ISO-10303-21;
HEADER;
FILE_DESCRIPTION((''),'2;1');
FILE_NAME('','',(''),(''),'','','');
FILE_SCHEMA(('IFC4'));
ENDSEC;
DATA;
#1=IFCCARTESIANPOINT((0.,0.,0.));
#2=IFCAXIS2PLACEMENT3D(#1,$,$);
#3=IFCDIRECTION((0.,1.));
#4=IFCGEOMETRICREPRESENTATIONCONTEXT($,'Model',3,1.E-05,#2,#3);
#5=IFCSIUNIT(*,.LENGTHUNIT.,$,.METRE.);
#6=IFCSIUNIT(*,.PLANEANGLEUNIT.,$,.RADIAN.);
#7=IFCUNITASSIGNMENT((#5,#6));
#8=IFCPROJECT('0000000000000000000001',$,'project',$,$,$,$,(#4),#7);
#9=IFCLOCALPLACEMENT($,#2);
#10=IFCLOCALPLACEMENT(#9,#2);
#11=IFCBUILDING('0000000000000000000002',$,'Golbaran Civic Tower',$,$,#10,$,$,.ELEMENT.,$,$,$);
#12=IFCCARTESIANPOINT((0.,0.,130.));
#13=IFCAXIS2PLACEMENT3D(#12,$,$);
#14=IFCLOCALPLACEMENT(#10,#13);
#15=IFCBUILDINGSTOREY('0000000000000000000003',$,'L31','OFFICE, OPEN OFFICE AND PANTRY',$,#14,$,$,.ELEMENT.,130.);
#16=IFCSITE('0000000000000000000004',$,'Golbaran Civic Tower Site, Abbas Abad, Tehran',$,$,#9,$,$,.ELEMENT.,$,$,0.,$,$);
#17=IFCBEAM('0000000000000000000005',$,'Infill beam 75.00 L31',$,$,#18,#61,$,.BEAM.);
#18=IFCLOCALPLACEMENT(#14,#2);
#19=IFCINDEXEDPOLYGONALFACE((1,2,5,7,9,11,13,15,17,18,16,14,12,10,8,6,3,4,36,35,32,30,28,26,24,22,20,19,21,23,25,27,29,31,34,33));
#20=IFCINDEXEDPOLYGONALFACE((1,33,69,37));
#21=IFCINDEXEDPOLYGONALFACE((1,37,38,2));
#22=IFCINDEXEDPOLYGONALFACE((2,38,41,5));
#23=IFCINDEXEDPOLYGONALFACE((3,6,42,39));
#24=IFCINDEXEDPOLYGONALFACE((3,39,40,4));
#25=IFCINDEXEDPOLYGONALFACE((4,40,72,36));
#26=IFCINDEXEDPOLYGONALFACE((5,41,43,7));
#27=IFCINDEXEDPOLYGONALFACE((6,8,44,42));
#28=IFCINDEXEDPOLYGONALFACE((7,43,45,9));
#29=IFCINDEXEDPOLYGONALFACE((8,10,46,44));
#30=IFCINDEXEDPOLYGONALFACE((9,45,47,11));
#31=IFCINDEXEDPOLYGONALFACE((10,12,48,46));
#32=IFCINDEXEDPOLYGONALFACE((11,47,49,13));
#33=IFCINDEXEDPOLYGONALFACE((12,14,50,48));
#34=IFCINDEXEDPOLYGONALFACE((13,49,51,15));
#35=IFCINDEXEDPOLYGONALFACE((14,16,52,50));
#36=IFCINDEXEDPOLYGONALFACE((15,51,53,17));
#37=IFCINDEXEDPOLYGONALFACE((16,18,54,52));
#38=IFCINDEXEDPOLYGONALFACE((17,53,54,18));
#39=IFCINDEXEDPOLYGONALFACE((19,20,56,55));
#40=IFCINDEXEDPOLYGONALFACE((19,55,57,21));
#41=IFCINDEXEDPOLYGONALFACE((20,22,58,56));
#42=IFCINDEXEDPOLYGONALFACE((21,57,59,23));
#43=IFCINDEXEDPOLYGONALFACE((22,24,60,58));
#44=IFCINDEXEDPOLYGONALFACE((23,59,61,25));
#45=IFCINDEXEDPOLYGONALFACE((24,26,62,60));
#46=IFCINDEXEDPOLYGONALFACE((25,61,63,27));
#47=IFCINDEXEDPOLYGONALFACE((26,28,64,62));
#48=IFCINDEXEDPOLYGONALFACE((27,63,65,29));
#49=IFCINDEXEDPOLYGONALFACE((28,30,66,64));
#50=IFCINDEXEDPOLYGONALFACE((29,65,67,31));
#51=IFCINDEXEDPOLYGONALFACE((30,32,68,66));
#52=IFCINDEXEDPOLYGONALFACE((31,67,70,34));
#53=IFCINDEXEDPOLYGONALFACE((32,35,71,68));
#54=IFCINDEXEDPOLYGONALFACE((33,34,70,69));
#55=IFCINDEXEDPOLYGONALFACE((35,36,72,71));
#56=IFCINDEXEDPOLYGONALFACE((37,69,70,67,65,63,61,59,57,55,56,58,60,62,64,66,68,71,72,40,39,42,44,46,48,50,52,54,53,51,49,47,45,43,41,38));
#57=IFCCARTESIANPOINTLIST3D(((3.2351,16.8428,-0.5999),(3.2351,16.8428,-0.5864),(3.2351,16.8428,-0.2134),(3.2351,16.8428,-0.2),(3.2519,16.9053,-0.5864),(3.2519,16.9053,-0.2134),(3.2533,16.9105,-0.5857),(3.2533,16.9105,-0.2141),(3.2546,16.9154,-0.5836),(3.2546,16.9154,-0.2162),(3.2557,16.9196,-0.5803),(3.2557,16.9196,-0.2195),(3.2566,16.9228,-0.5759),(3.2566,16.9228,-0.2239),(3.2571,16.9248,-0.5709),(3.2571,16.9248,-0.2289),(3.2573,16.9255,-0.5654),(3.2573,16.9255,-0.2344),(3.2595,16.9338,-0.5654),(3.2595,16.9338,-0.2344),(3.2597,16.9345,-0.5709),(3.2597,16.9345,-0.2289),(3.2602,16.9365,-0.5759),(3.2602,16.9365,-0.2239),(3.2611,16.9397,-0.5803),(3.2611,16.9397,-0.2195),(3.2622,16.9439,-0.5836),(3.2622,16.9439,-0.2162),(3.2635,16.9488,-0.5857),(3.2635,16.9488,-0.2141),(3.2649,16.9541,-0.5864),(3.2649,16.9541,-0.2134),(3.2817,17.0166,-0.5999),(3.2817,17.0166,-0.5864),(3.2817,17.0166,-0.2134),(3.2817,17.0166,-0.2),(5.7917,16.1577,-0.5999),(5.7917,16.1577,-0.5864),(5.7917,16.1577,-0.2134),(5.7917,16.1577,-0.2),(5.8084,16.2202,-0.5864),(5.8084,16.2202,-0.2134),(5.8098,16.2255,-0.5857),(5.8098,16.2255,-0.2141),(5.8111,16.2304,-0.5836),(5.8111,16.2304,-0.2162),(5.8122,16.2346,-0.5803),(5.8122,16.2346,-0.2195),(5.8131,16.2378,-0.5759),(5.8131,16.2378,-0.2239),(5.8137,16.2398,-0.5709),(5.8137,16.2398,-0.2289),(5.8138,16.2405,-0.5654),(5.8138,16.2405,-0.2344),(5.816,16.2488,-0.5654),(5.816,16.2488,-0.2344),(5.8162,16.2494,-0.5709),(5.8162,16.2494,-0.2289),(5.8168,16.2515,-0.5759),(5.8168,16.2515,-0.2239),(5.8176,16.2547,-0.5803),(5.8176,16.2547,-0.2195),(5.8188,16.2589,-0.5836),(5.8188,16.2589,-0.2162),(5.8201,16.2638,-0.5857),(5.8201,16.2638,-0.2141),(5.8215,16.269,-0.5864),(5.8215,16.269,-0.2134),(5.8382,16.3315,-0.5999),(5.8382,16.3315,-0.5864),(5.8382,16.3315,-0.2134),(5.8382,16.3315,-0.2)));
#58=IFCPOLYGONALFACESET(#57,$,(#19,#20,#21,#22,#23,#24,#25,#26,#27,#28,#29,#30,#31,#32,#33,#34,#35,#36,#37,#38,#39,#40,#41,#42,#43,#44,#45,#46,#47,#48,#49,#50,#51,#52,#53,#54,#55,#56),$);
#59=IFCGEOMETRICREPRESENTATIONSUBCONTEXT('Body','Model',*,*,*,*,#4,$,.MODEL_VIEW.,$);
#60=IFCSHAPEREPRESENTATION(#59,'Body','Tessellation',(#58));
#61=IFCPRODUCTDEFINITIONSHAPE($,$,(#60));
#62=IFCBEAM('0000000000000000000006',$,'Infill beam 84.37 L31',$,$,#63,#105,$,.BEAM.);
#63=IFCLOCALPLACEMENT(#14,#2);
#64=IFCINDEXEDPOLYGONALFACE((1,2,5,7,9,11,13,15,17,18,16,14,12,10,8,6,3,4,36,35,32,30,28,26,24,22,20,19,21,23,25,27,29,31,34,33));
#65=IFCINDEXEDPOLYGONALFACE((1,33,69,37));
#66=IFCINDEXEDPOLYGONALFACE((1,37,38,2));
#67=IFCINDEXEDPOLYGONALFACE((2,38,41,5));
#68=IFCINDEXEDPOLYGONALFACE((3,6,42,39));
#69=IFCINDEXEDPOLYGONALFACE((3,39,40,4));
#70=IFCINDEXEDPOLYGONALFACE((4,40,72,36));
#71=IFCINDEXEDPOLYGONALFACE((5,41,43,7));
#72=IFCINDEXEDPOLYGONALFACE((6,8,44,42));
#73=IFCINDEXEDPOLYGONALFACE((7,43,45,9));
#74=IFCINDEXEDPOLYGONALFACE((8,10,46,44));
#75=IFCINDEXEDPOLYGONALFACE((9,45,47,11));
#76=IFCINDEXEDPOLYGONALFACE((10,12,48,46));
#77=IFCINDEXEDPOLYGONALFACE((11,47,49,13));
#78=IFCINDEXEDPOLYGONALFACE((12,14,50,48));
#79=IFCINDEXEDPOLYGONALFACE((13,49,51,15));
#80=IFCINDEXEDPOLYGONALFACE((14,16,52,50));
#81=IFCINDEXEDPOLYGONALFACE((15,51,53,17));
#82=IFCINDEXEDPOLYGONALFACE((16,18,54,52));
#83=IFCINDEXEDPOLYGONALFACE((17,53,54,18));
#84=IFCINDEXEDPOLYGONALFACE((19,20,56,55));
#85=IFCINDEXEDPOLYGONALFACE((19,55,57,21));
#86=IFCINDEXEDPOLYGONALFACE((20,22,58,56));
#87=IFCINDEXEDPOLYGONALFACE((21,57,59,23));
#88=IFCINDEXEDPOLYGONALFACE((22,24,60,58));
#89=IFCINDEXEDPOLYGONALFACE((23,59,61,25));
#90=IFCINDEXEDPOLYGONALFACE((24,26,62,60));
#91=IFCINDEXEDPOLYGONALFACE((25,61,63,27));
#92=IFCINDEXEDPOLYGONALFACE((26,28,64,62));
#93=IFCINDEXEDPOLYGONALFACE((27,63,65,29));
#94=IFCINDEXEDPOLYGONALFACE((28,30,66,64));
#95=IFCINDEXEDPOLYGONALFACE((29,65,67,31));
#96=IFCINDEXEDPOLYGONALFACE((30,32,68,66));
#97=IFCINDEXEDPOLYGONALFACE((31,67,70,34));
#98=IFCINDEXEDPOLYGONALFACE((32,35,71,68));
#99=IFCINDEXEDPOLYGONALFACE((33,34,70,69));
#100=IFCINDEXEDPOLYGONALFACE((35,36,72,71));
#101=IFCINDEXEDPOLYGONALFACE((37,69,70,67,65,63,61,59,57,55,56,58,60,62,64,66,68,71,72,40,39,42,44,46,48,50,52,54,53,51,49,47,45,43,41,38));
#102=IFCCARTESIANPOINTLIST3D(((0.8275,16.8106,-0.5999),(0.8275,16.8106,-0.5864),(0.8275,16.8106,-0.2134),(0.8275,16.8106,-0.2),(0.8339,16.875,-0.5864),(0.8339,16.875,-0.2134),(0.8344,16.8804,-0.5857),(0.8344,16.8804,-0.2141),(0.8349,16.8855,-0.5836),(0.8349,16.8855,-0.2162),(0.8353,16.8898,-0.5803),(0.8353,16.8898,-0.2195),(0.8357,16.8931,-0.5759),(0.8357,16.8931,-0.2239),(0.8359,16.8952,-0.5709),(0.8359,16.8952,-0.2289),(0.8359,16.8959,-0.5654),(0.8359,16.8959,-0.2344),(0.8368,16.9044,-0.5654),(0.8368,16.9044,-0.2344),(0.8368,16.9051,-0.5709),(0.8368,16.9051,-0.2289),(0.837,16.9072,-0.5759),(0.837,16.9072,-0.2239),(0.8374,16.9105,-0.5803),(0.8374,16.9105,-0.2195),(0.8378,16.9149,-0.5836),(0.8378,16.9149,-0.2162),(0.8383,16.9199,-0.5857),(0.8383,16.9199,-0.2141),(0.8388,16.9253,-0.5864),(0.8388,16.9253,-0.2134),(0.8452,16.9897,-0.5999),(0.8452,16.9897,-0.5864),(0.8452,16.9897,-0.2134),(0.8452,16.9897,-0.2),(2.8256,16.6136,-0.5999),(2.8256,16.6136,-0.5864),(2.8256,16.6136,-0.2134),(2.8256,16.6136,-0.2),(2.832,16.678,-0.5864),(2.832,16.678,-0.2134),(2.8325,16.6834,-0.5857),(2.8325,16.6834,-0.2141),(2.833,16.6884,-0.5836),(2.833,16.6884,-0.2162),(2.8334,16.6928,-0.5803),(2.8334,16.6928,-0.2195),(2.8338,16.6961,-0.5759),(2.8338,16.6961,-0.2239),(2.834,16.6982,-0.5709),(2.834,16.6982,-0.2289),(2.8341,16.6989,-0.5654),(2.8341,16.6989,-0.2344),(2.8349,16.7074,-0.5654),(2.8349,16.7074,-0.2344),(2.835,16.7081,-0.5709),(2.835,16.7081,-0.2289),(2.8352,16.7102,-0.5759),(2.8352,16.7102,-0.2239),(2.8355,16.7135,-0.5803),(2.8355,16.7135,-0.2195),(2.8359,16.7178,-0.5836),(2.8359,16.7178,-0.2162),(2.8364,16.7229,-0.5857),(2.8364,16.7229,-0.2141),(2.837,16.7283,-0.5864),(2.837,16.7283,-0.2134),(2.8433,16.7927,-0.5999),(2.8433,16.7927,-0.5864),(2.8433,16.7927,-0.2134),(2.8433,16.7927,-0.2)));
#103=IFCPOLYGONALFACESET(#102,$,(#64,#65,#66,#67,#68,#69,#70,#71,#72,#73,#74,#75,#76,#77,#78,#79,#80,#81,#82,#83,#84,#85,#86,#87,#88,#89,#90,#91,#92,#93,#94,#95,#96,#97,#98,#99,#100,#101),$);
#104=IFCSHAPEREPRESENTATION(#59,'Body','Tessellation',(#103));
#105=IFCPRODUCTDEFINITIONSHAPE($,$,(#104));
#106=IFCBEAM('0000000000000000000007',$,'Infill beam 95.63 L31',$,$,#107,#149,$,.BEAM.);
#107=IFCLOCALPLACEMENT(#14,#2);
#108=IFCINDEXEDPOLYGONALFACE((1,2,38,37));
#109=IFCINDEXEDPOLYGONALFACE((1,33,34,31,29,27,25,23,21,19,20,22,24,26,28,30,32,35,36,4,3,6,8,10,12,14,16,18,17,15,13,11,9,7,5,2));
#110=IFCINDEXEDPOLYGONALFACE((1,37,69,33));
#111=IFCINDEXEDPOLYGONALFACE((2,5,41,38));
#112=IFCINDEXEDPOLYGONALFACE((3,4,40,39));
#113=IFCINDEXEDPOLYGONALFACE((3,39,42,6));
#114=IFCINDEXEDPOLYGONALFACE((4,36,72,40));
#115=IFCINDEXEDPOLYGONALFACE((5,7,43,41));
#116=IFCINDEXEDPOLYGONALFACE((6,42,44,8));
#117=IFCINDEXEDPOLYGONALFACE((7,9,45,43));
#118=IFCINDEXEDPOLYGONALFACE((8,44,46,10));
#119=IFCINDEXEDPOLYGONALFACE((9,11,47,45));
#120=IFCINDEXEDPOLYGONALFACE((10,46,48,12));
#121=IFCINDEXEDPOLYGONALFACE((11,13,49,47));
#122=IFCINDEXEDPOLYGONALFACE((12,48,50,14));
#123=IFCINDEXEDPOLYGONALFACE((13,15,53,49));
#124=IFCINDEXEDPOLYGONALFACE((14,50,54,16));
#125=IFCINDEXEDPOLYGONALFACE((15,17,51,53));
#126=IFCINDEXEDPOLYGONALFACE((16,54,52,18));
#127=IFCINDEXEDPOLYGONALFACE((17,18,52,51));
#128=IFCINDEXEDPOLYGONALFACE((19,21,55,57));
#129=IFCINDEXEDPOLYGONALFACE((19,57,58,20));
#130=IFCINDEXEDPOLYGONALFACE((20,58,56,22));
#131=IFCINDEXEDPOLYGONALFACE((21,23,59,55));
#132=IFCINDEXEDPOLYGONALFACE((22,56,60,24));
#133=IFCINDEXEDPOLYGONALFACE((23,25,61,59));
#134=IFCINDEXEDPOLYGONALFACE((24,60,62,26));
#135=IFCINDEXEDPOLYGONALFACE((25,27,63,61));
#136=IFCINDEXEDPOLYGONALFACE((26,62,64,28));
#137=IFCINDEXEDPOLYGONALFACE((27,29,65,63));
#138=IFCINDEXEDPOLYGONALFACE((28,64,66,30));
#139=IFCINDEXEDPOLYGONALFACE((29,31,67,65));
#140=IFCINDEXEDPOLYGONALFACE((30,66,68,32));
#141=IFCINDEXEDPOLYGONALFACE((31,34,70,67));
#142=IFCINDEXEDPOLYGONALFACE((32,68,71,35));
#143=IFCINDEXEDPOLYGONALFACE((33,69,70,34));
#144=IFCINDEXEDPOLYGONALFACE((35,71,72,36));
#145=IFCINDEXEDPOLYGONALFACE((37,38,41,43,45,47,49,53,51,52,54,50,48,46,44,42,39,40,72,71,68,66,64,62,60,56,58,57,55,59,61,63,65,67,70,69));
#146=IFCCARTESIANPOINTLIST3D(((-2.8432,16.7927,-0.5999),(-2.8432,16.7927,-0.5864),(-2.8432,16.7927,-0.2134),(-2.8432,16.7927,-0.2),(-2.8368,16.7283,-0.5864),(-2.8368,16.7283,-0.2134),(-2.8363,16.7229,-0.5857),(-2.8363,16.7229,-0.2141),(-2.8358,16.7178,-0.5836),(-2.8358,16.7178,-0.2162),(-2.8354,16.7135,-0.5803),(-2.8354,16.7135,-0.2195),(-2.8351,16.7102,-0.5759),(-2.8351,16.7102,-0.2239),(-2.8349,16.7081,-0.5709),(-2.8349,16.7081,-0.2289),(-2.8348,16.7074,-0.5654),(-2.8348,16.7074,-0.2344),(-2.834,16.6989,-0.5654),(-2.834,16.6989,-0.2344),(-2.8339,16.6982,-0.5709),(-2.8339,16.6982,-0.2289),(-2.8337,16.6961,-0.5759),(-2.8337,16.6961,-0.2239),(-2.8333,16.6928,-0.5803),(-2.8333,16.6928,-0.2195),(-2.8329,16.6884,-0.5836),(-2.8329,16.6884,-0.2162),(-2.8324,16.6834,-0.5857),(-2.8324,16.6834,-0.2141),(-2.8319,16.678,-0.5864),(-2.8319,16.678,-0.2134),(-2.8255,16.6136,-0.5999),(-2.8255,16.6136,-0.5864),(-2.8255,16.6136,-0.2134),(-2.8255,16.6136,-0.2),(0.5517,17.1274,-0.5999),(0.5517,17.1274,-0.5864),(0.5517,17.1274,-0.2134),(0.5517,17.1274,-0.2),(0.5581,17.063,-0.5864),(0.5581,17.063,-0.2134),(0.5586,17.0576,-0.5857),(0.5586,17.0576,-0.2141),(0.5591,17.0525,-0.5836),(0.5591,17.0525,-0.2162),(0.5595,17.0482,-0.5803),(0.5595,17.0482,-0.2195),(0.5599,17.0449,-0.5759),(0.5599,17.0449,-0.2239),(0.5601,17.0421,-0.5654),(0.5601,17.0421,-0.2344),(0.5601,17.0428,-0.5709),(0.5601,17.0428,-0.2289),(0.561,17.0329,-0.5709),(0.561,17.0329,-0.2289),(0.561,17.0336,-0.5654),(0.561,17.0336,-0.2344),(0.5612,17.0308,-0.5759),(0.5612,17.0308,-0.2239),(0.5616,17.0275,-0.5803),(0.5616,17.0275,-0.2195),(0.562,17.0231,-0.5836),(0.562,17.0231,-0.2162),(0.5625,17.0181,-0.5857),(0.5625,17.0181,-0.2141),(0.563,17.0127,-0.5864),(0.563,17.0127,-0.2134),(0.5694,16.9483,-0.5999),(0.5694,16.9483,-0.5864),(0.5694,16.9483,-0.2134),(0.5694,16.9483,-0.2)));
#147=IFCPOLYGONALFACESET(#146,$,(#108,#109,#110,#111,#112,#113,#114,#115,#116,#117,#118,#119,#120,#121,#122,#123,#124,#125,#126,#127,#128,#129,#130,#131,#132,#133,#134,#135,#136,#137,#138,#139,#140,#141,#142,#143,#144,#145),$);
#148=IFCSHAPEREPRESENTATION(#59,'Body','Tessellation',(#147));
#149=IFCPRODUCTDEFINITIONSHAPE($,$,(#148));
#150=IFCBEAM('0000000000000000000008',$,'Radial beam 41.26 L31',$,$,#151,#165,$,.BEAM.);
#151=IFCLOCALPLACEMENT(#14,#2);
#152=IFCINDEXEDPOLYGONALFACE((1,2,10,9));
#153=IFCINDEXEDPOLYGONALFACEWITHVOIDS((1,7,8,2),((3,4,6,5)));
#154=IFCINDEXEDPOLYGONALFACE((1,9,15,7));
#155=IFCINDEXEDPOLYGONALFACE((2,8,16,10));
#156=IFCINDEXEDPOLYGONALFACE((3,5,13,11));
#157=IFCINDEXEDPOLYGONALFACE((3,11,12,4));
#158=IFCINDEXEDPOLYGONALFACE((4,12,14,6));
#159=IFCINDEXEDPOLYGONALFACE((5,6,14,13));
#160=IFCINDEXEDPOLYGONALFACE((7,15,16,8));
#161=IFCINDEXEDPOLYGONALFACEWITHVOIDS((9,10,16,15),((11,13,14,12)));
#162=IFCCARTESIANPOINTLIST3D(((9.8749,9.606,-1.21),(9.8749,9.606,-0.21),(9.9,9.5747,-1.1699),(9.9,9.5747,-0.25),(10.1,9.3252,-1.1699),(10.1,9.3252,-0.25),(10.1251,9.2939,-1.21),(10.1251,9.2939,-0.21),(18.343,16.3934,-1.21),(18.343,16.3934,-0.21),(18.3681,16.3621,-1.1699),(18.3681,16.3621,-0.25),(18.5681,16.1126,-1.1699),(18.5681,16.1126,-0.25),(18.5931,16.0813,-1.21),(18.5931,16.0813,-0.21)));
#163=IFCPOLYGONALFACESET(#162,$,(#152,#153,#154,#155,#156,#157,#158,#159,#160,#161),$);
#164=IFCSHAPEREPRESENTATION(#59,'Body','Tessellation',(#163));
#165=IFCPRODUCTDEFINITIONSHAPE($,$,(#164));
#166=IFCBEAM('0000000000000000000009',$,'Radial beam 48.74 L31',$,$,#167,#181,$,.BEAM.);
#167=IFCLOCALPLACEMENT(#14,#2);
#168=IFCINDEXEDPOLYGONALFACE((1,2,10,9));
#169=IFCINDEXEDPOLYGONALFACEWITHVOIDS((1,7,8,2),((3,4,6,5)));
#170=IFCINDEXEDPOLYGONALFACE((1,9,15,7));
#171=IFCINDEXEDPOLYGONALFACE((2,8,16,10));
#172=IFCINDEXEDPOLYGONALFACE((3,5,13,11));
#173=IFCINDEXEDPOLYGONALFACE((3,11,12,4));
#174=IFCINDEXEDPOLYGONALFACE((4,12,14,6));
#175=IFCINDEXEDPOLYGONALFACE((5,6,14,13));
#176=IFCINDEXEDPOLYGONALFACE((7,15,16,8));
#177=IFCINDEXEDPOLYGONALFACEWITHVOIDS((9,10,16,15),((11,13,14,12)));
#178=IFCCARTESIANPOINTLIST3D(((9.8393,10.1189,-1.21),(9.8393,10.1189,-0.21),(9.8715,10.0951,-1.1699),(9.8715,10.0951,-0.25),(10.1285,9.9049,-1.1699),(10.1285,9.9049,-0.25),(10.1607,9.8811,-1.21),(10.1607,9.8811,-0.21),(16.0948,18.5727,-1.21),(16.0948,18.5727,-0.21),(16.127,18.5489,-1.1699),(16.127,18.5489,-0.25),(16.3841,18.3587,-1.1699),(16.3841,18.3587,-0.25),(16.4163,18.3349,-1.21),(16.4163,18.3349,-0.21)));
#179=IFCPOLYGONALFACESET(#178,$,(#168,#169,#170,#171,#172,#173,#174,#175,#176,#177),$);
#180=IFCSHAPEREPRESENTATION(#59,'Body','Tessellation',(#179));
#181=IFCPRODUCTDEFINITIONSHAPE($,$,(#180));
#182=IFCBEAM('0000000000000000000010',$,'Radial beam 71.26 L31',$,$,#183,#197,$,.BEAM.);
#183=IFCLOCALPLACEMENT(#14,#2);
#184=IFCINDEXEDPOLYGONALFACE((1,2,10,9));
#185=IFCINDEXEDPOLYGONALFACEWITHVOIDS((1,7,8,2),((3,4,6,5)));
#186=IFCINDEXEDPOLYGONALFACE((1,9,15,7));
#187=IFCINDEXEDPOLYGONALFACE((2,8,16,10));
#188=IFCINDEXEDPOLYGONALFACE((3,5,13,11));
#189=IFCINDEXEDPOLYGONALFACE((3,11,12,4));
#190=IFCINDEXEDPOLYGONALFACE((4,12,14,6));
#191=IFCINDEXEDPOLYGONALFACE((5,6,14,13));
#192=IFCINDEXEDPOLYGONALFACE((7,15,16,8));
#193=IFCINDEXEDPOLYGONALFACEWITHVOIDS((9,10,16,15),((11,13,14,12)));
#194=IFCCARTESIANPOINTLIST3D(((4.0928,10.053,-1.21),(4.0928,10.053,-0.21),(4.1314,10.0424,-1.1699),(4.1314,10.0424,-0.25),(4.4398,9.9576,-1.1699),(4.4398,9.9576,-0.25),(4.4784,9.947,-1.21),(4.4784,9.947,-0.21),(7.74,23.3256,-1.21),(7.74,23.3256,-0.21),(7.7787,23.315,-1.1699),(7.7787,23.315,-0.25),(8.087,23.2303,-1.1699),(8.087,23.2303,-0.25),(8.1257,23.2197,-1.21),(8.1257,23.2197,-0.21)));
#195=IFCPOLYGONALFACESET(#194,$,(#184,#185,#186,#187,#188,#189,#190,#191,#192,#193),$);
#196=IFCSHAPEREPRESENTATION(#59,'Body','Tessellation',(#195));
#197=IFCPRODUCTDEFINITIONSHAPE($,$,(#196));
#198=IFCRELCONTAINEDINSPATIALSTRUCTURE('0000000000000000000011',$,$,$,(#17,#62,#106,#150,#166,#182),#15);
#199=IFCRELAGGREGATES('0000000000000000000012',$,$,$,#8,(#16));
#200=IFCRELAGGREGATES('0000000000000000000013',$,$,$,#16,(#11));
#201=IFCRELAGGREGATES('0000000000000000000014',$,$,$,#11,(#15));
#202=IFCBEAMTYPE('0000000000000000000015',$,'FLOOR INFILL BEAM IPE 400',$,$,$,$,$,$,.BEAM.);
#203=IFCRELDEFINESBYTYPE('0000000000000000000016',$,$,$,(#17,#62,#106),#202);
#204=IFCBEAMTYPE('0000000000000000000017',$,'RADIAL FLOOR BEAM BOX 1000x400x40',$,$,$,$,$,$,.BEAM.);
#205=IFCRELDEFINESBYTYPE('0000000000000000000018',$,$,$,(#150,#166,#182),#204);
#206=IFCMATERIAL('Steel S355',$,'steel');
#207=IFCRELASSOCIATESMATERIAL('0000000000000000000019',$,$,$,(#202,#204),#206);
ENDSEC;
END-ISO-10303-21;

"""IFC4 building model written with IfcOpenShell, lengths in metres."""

from ifc_helpers import new_model, si_unit, direction, frame, origin, origin_2d, place, context, subcontext, project, spatial, hollow_rectangle, i_section, extrude, material, material_profile, profile_set, type_object, element, save


model = new_model("IFC4")

# Units and contexts
model_context = context("Model", 3, precision=1e-05, world=origin(), true_north=direction((0.0, 1.0)))
body_context = subcontext(model_context, "Body", "Model", "MODEL_VIEW")
ifc_project = project(units=[si_unit("LENGTHUNIT", "METRE"), si_unit("PLANEANGLEUNIT", "RADIAN")], contexts=[model_context])

# Site, building, storey
site_placement = place(None, origin())
site = spatial("IfcSite", under=ifc_project, at=site_placement, Name="Golbaran Civic Tower Site, Abbas Abad, Tehran", CompositionType="ELEMENT", RefElevation=0.0)
building_placement = place(site_placement, origin())
building = spatial("IfcBuilding", under=site, at=building_placement, Name="Golbaran Civic Tower", CompositionType="ELEMENT")
storey_placement = place(building_placement, frame((0.0, 0.0, 130.0)))
storey = spatial("IfcBuildingStorey", under=building, at=storey_placement, Name="L31", Description="OFFICE, OPEN OFFICE AND PANTRY", CompositionType="ELEMENT", Elevation=130.0)

# Beams
ifc_material_1 = material(Name="Steel S355", Category="steel")
ifc_material_profile_1 = material_profile(ifc_material_1, i_section(OverallWidth=0.1799, OverallDepth=0.3999, WebThickness=0.0085, FlangeThickness=0.0134, FilletRadius=0.021, at=origin_2d()), Name="IPE 400")
ifc_profile_set_1 = profile_set([ifc_material_profile_1], Name="Steel S355")
beam_type_1 = type_object("IfcBeamType", Name="FLOOR INFILL BEAM IPE 400", PredefinedType="BEAM", material=ifc_profile_set_1)
beam_1_placement = place(storey_placement, frame((5.8149, 16.2446, -0.3999), z_axis=(-0.965925, 0.258822, 0.0), x_axis=(-0.258822, -0.965925, 0.0)))
element("IfcBeam", 1, at=beam_1_placement, inside=storey, type_object=beam_type_1, Name="Infill beam 75.00 L31", PredefinedType="BEAM", context=body_context, shape_type="SweptSolid", body=[
    extrude(i_section(OverallWidth=0.1799, OverallDepth=0.3999, WebThickness=0.0085, FlangeThickness=0.0134, FilletRadius=0.021, at=origin_2d()), origin(), (0.0, 0.0, 1.0), 2.6467),
])
beam_2_placement = place(storey_placement, frame((2.8345, 16.7031, -0.3999), z_axis=(-0.995173, 0.098131, 0.0), x_axis=(-0.098131, -0.995173, 0.0)))
element("IfcBeam", 2, at=beam_2_placement, inside=storey, type_object=beam_type_1, Name="Infill beam 84.37 L31", PredefinedType="BEAM", context=body_context, shape_type="SweptSolid", body=[
    extrude(i_section(OverallWidth=0.1799, OverallDepth=0.3999, WebThickness=0.0085, FlangeThickness=0.0134, FilletRadius=0.021, at=origin_2d()), origin(), (0.0, 0.0, 1.0), 2.0078),
])
beam_3_placement = place(storey_placement, frame((0.5605, 17.0378, -0.3999), z_axis=(-0.995175, -0.098115, 0.0), x_axis=(0.098115, -0.995175, 0.0)))
element("IfcBeam", 3, at=beam_3_placement, inside=storey, type_object=beam_type_1, Name="Infill beam 95.63 L31", PredefinedType="BEAM", context=body_context, shape_type="SweptSolid", body=[
    extrude(i_section(OverallWidth=0.1799, OverallDepth=0.3999, WebThickness=0.0085, FlangeThickness=0.0134, FilletRadius=0.021, at=origin_2d()), origin(), (0.0, 0.0, 1.0), 3.4114),
])
ifc_material_profile_2 = material_profile(ifc_material_1, hollow_rectangle(XDim=0.3999, YDim=1.0, WallThickness=0.04, at=origin_2d()), Name="BOX 1000x400x40")
ifc_profile_set_2 = profile_set([ifc_material_profile_2], Name="Steel S355")
beam_type_2 = type_object("IfcBeamType", Name="RADIAL FLOOR BEAM BOX 1000x400x40", PredefinedType="BEAM", material=ifc_profile_set_2)
beam_4_placement = place(storey_placement, frame((10.0, 9.45, -0.71), z_axis=(0.780287, 0.625422, 0.0), x_axis=(-0.625422, 0.780287, 0.0)))
element("IfcBeam", 4, at=beam_4_placement, inside=storey, type_object=beam_type_2, Name="Radial beam 41.26 L31", PredefinedType="BEAM", context=body_context, shape_type="SweptSolid", body=[
    extrude(hollow_rectangle(XDim=0.3999, YDim=1.0, WallThickness=0.04, at=origin_2d()), origin(), (0.0, 0.0, 1.0), 10.8525),
])
beam_5_placement = place(storey_placement, frame((10.0, 10.0, -0.71), z_axis=(0.594828, 0.803853, 0.0), x_axis=(-0.803853, 0.594828, 0.0)))
element("IfcBeam", 5, at=beam_5_placement, inside=storey, type_object=beam_type_2, Name="Radial beam 48.74 L31", PredefinedType="BEAM", context=body_context, shape_type="SweptSolid", body=[
    extrude(hollow_rectangle(XDim=0.3999, YDim=1.0, WallThickness=0.04, at=origin_2d()), origin(), (0.0, 0.0, 1.0), 10.5166),
])
beam_6_placement = place(storey_placement, frame((4.2856, 10.0, -0.71), z_axis=(0.264969, 0.964257, 0.0), x_axis=(-0.964257, 0.264969, 0.0)))
element("IfcBeam", 6, at=beam_6_placement, inside=storey, type_object=beam_type_2, Name="Radial beam 71.26 L31", PredefinedType="BEAM", context=body_context, shape_type="SweptSolid", body=[
    extrude(hollow_rectangle(XDim=0.3999, YDim=1.0, WallThickness=0.04, at=origin_2d()), origin(), (0.0, 0.0, 1.0), 13.7646),
])

save(model, "model.ifc")
